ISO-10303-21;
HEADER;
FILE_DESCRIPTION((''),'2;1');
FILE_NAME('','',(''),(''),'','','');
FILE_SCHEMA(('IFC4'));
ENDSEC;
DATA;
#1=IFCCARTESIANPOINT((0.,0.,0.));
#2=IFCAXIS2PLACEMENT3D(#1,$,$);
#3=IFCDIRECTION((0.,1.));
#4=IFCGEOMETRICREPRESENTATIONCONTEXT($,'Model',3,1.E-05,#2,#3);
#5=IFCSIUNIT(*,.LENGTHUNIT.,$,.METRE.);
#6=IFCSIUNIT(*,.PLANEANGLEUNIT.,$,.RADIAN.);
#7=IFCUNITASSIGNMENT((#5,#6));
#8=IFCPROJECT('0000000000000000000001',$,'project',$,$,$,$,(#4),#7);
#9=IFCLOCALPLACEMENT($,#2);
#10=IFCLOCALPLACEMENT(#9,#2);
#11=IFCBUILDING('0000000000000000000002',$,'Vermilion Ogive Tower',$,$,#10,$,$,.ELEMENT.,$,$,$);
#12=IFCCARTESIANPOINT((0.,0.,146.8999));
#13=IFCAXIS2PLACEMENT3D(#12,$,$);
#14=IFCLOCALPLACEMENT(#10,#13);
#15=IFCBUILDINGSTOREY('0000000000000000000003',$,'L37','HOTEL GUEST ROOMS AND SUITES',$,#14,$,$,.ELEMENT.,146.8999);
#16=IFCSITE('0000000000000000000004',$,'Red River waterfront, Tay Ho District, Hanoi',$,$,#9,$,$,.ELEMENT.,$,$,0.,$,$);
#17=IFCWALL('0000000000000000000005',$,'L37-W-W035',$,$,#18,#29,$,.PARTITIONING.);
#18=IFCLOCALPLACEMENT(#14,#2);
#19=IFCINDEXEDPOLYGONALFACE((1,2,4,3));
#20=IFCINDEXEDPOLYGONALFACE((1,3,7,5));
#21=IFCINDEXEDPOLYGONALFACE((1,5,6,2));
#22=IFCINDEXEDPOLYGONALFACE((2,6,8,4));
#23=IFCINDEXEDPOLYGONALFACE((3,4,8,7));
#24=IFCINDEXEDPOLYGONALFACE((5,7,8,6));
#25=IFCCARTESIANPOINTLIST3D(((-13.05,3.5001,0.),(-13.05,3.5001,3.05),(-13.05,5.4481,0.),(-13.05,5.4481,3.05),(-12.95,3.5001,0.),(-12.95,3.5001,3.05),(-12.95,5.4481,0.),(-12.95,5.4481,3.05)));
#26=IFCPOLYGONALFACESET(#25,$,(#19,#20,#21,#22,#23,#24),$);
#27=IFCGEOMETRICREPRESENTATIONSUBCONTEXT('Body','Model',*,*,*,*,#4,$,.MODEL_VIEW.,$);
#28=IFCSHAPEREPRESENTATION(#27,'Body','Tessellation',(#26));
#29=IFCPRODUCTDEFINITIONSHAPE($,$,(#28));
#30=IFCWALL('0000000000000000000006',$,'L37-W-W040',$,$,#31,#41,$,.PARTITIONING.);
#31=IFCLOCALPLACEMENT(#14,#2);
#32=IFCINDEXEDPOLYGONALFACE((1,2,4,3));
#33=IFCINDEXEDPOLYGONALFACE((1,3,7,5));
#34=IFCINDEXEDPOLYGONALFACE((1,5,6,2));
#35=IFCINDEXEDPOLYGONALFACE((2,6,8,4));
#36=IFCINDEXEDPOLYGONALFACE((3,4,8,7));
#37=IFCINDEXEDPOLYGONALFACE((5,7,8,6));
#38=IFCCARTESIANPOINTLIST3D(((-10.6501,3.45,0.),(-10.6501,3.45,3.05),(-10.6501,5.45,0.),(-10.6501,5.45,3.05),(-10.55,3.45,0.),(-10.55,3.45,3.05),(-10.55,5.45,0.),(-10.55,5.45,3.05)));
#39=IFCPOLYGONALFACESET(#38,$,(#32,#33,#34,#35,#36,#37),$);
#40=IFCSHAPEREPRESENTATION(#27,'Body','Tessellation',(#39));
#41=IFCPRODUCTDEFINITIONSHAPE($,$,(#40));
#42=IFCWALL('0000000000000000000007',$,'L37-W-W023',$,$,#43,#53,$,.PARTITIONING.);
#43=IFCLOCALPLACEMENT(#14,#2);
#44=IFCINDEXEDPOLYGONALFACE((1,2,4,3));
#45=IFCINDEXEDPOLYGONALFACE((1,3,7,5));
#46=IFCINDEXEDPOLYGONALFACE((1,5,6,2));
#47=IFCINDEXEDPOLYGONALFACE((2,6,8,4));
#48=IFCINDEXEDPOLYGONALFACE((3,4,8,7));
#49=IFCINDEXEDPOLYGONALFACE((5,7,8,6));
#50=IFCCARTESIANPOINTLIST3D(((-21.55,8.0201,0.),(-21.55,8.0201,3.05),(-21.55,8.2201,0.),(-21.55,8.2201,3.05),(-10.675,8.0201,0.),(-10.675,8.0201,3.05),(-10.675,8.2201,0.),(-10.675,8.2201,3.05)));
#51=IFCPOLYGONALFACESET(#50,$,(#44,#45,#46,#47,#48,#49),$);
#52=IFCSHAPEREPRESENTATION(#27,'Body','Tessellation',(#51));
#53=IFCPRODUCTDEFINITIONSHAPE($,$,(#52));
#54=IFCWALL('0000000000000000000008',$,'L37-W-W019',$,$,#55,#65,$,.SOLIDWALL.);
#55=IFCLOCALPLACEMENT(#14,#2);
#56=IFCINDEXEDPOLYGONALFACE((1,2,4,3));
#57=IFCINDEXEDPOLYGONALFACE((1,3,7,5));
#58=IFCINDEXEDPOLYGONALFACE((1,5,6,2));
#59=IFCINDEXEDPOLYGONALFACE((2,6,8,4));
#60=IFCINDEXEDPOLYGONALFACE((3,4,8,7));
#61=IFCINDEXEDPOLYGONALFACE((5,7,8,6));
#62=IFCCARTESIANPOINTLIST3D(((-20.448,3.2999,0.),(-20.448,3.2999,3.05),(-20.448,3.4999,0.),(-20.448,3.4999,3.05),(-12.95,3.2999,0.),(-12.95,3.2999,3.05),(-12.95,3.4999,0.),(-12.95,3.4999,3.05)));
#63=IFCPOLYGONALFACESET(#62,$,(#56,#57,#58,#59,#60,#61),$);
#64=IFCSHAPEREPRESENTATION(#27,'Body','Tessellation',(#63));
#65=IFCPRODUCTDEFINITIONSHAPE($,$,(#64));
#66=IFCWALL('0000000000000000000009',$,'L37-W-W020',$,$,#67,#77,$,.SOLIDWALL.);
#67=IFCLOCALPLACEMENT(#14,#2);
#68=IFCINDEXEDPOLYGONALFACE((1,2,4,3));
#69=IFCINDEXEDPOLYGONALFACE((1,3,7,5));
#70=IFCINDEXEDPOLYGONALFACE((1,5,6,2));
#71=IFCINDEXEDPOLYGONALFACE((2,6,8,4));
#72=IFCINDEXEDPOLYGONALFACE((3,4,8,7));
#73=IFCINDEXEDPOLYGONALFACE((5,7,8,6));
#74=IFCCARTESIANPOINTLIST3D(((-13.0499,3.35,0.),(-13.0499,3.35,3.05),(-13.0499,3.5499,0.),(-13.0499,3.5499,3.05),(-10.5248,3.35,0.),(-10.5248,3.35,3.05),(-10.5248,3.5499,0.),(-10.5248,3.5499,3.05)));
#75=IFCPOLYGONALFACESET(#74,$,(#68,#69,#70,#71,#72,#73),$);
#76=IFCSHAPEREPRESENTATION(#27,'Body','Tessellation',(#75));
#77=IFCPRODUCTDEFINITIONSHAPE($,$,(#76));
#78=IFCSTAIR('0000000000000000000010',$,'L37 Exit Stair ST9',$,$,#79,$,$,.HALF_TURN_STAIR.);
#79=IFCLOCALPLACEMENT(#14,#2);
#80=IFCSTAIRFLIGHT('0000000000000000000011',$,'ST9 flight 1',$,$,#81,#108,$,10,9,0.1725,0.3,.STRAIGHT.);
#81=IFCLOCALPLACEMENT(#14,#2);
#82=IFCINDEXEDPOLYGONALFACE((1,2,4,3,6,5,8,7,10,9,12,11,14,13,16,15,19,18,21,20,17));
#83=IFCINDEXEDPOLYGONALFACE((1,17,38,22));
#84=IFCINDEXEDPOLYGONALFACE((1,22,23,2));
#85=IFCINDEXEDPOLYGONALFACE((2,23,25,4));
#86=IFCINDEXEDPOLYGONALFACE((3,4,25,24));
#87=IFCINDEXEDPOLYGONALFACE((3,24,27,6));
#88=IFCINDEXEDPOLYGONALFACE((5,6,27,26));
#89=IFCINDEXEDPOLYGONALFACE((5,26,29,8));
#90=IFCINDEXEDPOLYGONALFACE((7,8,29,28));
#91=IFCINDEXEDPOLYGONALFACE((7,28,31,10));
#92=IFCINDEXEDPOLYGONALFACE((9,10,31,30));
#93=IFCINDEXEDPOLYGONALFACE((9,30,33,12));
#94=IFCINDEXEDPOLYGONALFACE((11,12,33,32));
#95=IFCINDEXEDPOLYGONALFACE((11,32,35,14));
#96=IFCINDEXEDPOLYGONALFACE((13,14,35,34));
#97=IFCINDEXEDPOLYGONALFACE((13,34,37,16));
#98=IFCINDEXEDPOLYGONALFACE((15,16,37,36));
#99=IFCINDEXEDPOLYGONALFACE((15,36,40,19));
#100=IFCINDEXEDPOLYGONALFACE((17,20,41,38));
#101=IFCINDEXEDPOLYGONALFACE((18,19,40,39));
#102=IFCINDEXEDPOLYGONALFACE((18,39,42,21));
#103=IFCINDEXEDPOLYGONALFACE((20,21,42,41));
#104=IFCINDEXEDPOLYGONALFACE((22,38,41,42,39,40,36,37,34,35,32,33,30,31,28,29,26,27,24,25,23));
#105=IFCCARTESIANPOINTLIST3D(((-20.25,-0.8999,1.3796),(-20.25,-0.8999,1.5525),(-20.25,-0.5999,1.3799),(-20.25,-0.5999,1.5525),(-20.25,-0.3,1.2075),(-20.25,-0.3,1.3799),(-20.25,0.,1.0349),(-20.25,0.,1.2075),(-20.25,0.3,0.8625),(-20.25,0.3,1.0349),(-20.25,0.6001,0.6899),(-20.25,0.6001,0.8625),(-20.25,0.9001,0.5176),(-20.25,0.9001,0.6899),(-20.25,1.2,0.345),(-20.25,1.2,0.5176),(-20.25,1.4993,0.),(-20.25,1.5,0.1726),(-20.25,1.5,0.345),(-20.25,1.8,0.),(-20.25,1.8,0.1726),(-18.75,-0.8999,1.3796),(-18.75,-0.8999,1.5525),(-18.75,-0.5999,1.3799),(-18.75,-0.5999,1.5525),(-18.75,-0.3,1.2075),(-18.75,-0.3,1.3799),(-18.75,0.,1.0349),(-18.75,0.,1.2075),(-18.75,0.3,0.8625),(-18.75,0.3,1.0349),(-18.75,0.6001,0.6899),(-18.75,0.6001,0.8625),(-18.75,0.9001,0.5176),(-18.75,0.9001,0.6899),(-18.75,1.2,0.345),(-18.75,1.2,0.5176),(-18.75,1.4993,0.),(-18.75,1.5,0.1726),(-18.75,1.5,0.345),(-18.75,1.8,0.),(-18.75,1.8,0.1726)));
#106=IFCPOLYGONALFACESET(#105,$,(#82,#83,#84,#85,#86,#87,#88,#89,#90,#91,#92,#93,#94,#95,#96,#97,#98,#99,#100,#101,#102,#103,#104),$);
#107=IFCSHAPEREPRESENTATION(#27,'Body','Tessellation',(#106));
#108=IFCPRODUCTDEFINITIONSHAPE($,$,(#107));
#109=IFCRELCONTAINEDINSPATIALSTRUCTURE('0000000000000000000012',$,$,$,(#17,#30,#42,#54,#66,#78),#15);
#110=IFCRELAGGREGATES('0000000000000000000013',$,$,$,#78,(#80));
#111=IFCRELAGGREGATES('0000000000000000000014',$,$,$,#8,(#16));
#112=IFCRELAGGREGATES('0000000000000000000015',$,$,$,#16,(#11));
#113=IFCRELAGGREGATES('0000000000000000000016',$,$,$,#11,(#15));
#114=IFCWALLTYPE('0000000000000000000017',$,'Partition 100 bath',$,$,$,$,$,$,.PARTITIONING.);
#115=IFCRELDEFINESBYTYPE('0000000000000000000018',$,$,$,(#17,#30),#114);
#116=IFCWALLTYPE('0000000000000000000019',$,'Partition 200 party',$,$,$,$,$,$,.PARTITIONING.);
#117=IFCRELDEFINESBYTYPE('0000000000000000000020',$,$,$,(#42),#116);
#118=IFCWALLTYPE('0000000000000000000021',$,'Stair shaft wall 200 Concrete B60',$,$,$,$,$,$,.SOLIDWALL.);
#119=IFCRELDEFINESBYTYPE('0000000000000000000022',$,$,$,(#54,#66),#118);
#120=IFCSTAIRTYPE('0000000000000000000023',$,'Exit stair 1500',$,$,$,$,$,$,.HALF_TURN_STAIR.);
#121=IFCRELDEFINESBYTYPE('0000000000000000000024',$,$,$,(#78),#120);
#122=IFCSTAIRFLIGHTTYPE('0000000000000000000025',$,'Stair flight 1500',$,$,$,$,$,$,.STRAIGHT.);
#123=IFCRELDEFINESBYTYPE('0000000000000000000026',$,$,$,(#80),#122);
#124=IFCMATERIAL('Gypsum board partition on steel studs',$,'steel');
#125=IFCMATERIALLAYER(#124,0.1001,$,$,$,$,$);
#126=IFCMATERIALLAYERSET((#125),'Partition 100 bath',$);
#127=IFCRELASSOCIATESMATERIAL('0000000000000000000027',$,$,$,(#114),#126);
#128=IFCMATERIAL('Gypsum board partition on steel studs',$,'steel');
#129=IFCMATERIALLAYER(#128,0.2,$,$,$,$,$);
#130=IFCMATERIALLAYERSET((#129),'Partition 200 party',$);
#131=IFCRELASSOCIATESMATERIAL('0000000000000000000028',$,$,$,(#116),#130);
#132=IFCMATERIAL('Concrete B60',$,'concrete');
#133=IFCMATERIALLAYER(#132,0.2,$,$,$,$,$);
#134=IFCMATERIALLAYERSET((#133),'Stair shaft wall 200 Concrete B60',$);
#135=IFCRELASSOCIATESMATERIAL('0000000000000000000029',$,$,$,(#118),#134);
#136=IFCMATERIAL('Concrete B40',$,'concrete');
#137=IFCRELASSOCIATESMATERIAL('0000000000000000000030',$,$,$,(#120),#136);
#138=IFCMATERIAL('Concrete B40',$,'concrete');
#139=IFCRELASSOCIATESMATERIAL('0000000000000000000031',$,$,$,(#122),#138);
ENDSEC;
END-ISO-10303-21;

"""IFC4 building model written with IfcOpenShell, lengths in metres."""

from ifc_helpers import new_model, si_unit, direction, frame, frame_2d, origin, place, context, subcontext, project, spatial, polyline, rectangle, outline, extrude, material, layer, layer_set, type_object, element, aggregate, save


model = new_model("IFC4")

# Units and contexts
model_context = context("Model", 3, precision=1e-05, world=origin(), true_north=direction((0.0, 1.0)))
body_context = subcontext(model_context, "Body", "Model", "MODEL_VIEW")
ifc_project = project(units=[si_unit("LENGTHUNIT", "METRE"), si_unit("PLANEANGLEUNIT", "RADIAN")], contexts=[model_context])

# Site, building, storey
site_placement = place(None, origin())
site = spatial("IfcSite", under=ifc_project, at=site_placement, Name="Red River waterfront, Tay Ho District, Hanoi", CompositionType="ELEMENT", RefElevation=0.0)
building_placement = place(site_placement, origin())
building = spatial("IfcBuilding", under=site, at=building_placement, Name="Vermilion Ogive Tower", CompositionType="ELEMENT")
storey_placement = place(building_placement, frame((0.0, 0.0, 146.8999)))
storey = spatial("IfcBuildingStorey", under=building, at=storey_placement, Name="L37", Description="HOTEL GUEST ROOMS AND SUITES", CompositionType="ELEMENT", Elevation=146.8999)

# Shared definitions
ifc_material_1 = material(Name="Gypsum board partition on steel studs", Category="steel")
ifc_layer_1 = layer(ifc_material_1, 0.1001)
ifc_layer_set_1 = layer_set([ifc_layer_1], Name="Partition 100 bath")
wall_type_1 = type_object("IfcWallType", Name="Partition 100 bath", PredefinedType="PARTITIONING", material=ifc_layer_set_1)

# Walls
wall_1_placement = place(storey_placement, frame((-13.0, 3.5, 0.0), z_axis=(0.0, 0.0, 1.0), x_axis=(0.0, 1.0, 0.0)))
element("IfcWall", 1, at=wall_1_placement, inside=storey, type_object=wall_type_1, Name="L37-W-W035", PredefinedType="PARTITIONING", context=body_context, shape_type="SweptSolid", body=[
    extrude(rectangle(XDim=1.948, YDim=0.1001, at=frame_2d((0.9741, 0.0))), origin(), (0.0, 0.0, 1.0), 3.05),
])
wall_2_placement = place(storey_placement, frame((-10.6001, 3.45, 0.0), z_axis=(0.0, 0.0, 1.0), x_axis=(0.0, 1.0, 0.0)))
element("IfcWall", 2, at=wall_2_placement, inside=storey, type_object=wall_type_1, Name="L37-W-W040", PredefinedType="PARTITIONING", context=body_context, shape_type="SweptSolid", body=[
    extrude(rectangle(XDim=2.0, YDim=0.1001, at=frame_2d((1.0, 0.0))), origin(), (0.0, 0.0, 1.0), 3.05),
])
ifc_material_2 = material(Name="Gypsum board partition on steel studs", Category="steel")
ifc_layer_2 = layer(ifc_material_2, 0.2)
ifc_layer_set_2 = layer_set([ifc_layer_2], Name="Partition 200 party")
wall_type_2 = type_object("IfcWallType", Name="Partition 200 party", PredefinedType="PARTITIONING", material=ifc_layer_set_2)
wall_3_placement = place(storey_placement, frame((-21.55, 8.1201, 0.0), z_axis=(0.0, 0.0, 1.0), x_axis=(1.0, 0.0, 0.0)))
element("IfcWall", 3, at=wall_3_placement, inside=storey, type_object=wall_type_2, Name="L37-W-W023", PredefinedType="PARTITIONING", context=body_context, shape_type="SweptSolid", body=[
    extrude(rectangle(XDim=10.875, YDim=0.2, at=frame_2d((5.4375, 0.0))), origin(), (0.0, 0.0, 1.0), 3.05),
])
ifc_material_3 = material(Name="Concrete B60", Category="concrete")
ifc_layer_3 = layer(ifc_material_3, 0.2)
ifc_layer_set_3 = layer_set([ifc_layer_3], Name="Stair shaft wall 200 Concrete B60")
wall_type_3 = type_object("IfcWallType", Name="Stair shaft wall 200 Concrete B60", PredefinedType="SOLIDWALL", material=ifc_layer_set_3)
wall_4_placement = place(storey_placement, frame((-20.448, 3.3999, 0.0), z_axis=(0.0, 0.0, 1.0), x_axis=(1.0, 0.0, 0.0)))
element("IfcWall", 4, at=wall_4_placement, inside=storey, type_object=wall_type_3, Name="L37-W-W019", PredefinedType="SOLIDWALL", context=body_context, shape_type="SweptSolid", body=[
    extrude(rectangle(XDim=7.498, YDim=0.2, at=frame_2d((3.749, 0.0))), origin(), (0.0, 0.0, 1.0), 3.05),
])
wall_5_placement = place(storey_placement, frame((-13.05, 3.45, 0.0), z_axis=(0.0, 0.0, 1.0), x_axis=(1.0, 0.0, 0.0)))
element("IfcWall", 5, at=wall_5_placement, inside=storey, type_object=wall_type_3, Name="L37-W-W020", PredefinedType="SOLIDWALL", context=body_context, shape_type="SweptSolid", body=[
    extrude(rectangle(XDim=2.5251, YDim=0.2, at=frame_2d((1.2627, 0.0))), origin(), (0.0, 0.0, 1.0), 3.05),
])

# Stair, stair flight
ifc_material_4 = material(Name="Concrete B40", Category="concrete")
stair_type = type_object("IfcStairType", Name="Exit stair 1500", PredefinedType="HALF_TURN_STAIR", material=ifc_material_4)
stair_placement = place(storey_placement, origin())
stair = element("IfcStair", 6, at=stair_placement, inside=storey, type_object=stair_type, Name="L37 Exit Stair ST9", PredefinedType="HALF_TURN_STAIR")
ifc_material_5 = material(Name="Concrete B40", Category="concrete")
stair_flight_type = type_object("IfcStairFlightType", Name="Stair flight 1500", PredefinedType="STRAIGHT", material=ifc_material_5)
stair_flight_placement = place(storey_placement, frame((-19.5, 1.8, 0.0), z_axis=(0.0, 0.0, 1.0), x_axis=(0.0, -1.0, 0.0)))
stair_flight = element("IfcStairFlight", 7, at=stair_flight_placement, type_object=stair_flight_type, Name="ST9 flight 1", NumberOfRisers=10, NumberOfTreads=9, PredefinedType="STRAIGHT", RiserHeight=0.1725, TreadLength=0.3, context=body_context, shape_type="SweptSolid", body=[
    extrude(outline(polyline([(0.0, 0.0), (0.0, 0.1726), (0.3, 0.1726), (0.3, 0.345), (0.6001, 0.345), (0.6001, 0.5176), (0.8999, 0.5176), (0.8999, 0.6899), (1.2, 0.6899), (1.2, 0.8625), (1.5, 0.8625), (1.5, 1.0349), (1.8, 1.0349), (1.8, 1.2075), (2.1001, 1.2075), (2.1001, 1.3799), (2.3999, 1.3799), (2.3999, 1.5525), (2.7, 1.5525), (2.7, 1.7251), (2.7, 1.3796), (0.3008, 0.0), (0.0, 0.0)])), frame((0.0, 0.75, 0.0), z_axis=(0.0, -1.0, 0.0), x_axis=(1.0, 0.0, 0.0)), (0.0, 0.0, 1.0), 1.5),
])
aggregate(stair, [stair_flight])

save(model, "model.ifc")
